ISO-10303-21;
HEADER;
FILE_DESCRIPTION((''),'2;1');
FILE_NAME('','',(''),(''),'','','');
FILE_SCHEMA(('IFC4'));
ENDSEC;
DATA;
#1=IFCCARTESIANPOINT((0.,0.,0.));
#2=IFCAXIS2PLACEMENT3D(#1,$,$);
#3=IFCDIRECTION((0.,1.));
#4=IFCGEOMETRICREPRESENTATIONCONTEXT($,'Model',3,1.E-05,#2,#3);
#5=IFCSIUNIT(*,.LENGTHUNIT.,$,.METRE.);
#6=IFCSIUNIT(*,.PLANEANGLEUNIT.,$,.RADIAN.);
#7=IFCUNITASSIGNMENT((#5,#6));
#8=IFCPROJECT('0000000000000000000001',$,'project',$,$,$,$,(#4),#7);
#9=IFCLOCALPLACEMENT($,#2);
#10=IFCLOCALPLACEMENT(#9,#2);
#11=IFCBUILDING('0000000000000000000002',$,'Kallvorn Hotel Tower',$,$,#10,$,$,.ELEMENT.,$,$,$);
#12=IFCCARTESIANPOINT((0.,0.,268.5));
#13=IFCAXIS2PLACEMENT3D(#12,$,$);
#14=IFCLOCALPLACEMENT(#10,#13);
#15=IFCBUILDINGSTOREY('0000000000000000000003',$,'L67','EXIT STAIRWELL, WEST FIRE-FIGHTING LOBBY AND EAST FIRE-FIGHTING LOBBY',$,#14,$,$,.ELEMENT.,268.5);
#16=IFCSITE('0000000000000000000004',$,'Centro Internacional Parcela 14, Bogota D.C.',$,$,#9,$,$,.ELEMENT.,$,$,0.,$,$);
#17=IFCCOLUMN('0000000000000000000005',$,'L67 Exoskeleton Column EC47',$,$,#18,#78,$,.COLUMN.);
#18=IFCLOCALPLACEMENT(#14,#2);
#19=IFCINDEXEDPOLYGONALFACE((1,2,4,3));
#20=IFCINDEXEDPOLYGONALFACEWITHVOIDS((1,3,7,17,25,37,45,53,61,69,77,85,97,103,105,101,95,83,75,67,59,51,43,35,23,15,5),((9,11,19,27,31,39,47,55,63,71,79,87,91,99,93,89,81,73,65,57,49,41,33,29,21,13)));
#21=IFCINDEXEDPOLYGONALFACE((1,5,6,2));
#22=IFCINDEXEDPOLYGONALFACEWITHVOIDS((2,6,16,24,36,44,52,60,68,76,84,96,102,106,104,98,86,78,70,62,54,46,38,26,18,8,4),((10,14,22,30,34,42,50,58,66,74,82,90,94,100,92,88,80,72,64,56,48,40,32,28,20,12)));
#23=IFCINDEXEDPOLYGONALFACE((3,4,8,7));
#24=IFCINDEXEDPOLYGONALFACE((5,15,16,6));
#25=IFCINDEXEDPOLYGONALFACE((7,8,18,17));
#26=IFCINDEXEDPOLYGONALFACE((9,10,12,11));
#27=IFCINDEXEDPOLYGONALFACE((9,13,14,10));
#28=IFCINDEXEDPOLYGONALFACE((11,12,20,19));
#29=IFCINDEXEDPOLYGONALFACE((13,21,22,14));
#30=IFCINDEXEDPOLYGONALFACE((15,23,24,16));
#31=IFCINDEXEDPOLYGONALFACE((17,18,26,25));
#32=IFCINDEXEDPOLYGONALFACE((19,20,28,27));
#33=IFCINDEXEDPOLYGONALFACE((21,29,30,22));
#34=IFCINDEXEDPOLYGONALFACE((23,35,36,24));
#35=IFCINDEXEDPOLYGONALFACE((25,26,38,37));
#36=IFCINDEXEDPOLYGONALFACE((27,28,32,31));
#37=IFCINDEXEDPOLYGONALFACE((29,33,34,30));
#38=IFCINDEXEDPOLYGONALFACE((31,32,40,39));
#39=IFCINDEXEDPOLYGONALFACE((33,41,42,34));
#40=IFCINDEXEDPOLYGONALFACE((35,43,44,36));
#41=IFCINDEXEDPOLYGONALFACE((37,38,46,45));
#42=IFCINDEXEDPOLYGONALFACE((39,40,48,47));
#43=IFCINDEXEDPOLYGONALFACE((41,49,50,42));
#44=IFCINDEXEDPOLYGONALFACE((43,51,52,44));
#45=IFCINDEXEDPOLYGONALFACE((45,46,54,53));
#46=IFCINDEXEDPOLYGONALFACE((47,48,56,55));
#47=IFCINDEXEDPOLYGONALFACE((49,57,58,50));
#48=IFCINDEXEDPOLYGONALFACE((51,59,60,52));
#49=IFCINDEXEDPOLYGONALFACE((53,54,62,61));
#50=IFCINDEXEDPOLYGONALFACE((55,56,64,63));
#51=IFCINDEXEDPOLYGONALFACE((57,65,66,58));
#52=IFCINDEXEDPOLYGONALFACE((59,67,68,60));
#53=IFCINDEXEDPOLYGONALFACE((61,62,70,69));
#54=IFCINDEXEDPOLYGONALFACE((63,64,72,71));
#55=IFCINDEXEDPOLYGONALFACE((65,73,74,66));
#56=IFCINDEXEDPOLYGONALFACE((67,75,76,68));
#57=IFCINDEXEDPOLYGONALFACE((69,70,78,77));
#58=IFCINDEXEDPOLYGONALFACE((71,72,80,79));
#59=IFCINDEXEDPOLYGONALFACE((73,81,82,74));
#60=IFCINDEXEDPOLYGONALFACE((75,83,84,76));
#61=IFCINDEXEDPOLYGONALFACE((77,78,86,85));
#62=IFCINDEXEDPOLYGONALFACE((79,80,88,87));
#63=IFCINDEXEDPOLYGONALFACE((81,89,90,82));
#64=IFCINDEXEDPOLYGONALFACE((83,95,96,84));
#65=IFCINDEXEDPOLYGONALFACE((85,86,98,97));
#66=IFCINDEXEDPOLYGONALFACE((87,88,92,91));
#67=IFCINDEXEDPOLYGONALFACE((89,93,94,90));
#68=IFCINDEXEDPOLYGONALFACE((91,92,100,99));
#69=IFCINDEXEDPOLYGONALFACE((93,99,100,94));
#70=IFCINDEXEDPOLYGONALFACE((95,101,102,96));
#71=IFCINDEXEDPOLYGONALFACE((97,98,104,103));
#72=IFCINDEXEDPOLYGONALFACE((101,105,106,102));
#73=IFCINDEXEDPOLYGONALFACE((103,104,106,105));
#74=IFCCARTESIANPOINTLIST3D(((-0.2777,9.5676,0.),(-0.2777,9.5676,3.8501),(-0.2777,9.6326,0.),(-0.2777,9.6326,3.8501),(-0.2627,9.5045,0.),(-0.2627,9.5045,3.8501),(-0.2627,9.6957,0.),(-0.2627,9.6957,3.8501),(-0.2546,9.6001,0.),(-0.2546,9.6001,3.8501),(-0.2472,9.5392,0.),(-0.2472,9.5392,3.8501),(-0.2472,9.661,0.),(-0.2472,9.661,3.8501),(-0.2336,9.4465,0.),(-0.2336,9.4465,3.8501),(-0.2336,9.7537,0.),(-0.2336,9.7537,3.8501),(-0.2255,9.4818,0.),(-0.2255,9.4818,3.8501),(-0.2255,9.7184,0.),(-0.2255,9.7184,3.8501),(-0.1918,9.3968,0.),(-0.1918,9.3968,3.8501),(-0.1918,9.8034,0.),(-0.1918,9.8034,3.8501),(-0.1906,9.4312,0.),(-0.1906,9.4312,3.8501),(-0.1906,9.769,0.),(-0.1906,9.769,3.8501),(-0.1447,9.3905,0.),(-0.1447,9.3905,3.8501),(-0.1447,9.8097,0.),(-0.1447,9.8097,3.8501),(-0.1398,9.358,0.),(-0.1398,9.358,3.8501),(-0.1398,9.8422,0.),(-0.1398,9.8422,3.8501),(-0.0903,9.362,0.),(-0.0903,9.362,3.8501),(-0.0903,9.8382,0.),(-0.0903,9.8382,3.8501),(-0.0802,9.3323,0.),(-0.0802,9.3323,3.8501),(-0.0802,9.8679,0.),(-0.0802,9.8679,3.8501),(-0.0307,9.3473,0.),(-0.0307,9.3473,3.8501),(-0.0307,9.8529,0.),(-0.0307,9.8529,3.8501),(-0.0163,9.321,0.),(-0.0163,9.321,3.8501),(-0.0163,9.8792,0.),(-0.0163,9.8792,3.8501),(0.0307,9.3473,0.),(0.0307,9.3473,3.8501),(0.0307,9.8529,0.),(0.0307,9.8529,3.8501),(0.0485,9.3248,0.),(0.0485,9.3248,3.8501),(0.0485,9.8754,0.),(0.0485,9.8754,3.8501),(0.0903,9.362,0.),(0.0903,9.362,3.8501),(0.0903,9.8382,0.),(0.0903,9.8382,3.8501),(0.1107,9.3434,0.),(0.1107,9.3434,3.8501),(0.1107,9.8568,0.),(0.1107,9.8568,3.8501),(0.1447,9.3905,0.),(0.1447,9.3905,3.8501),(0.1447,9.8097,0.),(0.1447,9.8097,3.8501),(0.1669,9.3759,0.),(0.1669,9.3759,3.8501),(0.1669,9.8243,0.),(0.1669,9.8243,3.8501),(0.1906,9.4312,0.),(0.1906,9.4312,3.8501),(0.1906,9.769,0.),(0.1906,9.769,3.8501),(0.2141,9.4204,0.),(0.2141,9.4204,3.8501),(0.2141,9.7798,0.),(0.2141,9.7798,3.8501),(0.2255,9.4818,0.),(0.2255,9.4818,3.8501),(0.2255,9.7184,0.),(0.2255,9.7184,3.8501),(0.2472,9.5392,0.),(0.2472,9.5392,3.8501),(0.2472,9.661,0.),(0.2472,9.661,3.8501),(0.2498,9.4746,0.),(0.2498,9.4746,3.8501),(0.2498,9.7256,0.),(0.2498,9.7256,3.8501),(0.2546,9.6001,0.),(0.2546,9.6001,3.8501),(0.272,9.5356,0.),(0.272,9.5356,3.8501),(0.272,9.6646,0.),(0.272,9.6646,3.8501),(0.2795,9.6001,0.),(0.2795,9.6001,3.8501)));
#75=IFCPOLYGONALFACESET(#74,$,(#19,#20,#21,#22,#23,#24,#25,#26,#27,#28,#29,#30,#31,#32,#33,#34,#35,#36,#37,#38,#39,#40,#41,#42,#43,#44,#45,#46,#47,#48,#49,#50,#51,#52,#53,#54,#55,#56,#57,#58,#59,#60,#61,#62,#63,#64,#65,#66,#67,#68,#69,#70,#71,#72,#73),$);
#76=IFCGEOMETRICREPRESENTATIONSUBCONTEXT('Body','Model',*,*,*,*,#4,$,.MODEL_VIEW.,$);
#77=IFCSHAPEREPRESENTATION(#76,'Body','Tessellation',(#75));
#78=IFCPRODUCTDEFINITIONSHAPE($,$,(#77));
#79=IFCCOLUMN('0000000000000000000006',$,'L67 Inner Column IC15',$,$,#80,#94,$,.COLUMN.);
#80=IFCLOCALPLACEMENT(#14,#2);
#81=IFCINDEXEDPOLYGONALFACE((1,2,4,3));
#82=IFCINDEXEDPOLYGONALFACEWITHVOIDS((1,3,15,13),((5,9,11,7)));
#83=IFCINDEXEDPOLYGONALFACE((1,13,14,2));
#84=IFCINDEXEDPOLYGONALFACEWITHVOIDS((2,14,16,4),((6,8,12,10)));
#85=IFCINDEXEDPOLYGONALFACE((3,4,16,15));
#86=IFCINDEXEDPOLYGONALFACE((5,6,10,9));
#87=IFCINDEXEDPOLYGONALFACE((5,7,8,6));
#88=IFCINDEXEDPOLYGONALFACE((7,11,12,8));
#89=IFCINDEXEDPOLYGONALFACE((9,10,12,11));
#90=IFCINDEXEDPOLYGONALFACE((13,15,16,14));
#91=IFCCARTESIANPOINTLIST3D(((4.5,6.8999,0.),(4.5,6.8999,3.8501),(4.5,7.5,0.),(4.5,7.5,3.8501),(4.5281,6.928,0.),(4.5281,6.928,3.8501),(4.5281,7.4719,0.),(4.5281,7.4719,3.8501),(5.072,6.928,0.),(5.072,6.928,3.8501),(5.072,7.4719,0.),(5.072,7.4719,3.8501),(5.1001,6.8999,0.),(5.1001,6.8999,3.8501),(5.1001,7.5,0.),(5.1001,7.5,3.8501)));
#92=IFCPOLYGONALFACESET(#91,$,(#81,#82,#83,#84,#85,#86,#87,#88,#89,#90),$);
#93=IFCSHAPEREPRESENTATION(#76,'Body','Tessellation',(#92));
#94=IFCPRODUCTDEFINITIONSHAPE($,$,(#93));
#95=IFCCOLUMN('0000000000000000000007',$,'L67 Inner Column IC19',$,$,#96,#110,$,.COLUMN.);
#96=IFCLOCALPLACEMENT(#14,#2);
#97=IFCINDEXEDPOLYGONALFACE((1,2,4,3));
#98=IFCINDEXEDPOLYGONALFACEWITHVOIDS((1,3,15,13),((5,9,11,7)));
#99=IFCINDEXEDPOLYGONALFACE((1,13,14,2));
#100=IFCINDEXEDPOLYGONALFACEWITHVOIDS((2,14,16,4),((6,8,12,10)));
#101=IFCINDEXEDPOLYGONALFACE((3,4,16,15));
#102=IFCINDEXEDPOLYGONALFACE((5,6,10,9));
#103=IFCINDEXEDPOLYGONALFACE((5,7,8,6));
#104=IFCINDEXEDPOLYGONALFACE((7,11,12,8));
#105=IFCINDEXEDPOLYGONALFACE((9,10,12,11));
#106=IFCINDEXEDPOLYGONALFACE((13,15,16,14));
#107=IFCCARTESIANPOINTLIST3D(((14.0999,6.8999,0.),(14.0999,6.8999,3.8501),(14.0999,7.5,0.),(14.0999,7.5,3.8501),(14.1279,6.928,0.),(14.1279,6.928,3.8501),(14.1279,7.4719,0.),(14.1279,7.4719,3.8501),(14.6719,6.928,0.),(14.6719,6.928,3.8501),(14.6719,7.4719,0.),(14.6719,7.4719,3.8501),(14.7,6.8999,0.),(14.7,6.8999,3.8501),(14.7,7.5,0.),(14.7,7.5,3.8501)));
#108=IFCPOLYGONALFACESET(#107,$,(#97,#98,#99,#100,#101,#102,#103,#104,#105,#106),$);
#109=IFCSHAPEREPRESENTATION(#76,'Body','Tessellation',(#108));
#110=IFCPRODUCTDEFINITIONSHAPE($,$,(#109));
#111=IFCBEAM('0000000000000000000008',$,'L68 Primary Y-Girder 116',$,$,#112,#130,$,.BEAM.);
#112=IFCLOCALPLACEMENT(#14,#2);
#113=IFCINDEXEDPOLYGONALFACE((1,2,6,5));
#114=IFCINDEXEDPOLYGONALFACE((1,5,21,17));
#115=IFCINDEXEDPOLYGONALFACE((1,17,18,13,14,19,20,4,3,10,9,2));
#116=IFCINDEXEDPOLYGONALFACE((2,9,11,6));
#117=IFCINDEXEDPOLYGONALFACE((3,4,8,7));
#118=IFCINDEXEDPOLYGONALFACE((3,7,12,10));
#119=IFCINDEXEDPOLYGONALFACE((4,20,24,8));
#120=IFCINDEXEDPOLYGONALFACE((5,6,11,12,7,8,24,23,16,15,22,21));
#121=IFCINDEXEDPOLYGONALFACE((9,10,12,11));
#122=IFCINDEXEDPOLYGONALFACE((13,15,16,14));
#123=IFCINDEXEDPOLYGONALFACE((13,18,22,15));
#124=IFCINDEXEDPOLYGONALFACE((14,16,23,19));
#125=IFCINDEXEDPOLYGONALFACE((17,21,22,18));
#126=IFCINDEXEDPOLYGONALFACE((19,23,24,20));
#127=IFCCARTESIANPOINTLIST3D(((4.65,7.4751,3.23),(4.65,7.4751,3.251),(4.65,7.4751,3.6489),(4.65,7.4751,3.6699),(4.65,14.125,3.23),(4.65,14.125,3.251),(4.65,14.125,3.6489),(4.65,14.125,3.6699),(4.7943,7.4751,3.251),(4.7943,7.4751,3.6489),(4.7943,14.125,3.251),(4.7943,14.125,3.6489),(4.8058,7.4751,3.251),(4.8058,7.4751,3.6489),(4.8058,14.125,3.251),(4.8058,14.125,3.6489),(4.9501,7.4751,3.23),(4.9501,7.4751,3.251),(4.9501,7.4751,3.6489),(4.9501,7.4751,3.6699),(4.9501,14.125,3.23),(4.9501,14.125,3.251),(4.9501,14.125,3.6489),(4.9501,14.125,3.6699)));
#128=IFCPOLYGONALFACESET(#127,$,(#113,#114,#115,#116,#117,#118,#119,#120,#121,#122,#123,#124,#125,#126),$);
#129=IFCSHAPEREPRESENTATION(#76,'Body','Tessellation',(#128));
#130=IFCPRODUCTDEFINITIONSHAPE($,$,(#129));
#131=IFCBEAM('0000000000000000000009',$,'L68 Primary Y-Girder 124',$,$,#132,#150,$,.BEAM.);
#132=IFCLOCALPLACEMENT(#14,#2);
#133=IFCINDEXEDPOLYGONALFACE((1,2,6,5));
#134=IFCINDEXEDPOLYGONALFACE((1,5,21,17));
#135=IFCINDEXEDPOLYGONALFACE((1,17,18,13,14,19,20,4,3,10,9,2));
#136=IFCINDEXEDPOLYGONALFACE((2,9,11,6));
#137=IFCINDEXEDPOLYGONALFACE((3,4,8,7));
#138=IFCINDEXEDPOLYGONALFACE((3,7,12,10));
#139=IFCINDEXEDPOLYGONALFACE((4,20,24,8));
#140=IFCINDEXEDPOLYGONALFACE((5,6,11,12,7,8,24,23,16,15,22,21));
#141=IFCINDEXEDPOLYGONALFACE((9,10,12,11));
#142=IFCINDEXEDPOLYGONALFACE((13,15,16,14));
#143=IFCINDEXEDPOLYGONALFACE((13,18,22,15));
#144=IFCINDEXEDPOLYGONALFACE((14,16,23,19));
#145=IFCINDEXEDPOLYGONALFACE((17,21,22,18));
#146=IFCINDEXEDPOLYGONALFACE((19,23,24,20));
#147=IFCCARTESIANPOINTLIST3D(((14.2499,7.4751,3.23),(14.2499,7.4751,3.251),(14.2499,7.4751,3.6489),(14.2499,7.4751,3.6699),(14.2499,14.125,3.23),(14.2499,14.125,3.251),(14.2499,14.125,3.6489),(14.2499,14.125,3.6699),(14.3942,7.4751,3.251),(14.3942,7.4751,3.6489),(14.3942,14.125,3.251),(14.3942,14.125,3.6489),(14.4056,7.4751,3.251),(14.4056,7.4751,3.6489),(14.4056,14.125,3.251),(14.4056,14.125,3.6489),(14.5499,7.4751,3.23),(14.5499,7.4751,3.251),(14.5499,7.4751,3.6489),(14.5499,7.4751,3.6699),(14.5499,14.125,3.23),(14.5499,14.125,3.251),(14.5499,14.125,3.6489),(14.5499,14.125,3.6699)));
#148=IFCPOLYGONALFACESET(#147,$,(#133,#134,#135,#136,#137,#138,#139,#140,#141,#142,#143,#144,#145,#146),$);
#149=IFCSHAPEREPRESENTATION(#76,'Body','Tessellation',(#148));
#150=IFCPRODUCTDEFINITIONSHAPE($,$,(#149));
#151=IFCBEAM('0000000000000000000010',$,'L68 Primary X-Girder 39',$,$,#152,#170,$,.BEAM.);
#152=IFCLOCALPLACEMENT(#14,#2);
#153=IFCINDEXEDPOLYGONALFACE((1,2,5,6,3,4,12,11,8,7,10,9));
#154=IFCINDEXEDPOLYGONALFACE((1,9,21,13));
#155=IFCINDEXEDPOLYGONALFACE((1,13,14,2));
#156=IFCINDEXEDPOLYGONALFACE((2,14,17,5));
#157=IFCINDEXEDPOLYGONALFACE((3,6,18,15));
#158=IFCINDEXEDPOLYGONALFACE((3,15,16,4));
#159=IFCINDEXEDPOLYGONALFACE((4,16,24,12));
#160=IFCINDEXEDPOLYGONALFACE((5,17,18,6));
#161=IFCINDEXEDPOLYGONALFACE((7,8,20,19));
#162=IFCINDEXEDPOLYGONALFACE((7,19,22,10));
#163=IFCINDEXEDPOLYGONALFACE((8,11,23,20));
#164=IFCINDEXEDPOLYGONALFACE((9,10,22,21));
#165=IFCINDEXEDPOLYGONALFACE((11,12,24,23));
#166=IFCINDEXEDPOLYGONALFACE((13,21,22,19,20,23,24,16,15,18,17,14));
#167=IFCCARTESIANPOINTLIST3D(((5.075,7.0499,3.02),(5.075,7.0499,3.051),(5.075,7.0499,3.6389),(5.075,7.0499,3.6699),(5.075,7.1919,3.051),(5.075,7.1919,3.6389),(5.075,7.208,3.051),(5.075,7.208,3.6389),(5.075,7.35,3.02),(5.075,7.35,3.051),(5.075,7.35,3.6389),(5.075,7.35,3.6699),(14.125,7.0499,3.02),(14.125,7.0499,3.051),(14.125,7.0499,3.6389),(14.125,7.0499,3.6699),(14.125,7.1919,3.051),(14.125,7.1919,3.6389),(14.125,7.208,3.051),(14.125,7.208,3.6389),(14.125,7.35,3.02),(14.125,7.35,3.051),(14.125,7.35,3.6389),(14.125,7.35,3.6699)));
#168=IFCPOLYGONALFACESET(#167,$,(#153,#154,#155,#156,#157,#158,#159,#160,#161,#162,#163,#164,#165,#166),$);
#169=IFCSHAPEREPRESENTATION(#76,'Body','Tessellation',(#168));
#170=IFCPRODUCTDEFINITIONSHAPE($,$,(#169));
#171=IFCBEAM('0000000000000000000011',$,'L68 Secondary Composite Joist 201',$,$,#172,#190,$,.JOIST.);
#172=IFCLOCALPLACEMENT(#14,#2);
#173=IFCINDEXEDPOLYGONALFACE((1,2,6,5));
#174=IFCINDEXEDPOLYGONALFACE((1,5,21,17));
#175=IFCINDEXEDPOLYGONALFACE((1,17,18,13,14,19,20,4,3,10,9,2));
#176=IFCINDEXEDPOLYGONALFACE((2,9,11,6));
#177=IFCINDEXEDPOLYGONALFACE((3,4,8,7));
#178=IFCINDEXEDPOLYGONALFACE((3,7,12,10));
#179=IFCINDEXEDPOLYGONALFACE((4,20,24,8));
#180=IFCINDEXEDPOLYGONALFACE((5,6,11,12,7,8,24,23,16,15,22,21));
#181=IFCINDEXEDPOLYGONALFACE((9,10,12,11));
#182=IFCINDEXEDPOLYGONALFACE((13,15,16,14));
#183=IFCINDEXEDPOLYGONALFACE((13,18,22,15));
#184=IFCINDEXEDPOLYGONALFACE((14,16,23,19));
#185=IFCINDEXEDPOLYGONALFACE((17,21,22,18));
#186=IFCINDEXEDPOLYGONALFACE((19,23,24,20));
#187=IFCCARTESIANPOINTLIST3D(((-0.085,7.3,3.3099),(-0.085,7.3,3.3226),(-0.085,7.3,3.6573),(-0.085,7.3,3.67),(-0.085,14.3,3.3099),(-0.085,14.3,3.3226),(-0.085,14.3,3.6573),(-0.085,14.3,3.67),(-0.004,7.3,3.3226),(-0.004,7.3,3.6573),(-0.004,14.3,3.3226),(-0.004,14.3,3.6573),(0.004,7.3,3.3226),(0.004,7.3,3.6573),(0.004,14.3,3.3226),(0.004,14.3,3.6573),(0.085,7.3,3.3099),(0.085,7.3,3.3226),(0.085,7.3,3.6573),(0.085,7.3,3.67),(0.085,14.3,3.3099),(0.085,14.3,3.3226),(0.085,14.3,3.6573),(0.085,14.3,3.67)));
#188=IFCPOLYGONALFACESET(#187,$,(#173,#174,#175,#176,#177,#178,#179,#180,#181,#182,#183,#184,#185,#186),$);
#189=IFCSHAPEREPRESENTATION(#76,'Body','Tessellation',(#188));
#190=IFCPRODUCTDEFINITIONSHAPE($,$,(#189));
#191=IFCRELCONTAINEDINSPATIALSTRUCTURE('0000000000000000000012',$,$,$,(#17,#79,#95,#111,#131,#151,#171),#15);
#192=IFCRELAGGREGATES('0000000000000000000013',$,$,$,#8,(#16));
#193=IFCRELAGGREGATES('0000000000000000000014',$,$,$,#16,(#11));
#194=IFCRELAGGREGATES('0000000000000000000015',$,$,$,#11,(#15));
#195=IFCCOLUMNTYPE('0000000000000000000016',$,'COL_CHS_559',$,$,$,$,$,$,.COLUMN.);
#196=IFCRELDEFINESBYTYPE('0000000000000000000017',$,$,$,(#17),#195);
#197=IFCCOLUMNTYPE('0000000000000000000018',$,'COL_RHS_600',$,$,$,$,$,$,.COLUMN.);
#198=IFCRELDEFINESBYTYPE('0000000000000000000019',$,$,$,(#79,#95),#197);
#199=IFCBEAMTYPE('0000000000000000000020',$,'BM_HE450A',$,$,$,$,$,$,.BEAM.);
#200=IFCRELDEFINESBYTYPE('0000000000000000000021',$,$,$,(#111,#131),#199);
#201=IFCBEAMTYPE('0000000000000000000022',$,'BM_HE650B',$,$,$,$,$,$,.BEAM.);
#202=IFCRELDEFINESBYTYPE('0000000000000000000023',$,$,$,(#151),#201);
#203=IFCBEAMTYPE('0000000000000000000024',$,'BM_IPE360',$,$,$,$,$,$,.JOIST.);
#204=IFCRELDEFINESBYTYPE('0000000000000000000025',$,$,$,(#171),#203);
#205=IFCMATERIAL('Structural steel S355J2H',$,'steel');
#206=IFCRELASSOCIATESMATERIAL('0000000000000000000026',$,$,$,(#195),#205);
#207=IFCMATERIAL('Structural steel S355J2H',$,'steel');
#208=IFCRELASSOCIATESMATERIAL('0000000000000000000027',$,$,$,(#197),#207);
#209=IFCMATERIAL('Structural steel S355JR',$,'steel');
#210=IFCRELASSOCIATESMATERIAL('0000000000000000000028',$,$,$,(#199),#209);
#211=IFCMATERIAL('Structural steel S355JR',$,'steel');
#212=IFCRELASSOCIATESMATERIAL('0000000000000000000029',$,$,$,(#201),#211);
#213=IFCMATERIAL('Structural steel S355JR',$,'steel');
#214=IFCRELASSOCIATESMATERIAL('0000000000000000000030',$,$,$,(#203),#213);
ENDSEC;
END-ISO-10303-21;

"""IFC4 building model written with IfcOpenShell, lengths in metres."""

from ifc_helpers import new_model, si_unit, direction, frame, origin, origin_2d, place, context, subcontext, project, spatial, hollow_rectangle, hollow_circle, i_section, extrude, material, material_profile, profile_set, type_object, element, save


model = new_model("IFC4")

# Units and contexts
model_context = context("Model", 3, precision=1e-05, world=origin(), true_north=direction((0.0, 1.0)))
body_context = subcontext(model_context, "Body", "Model", "MODEL_VIEW")
ifc_project = project(units=[si_unit("LENGTHUNIT", "METRE"), si_unit("PLANEANGLEUNIT", "RADIAN")], contexts=[model_context])

# Site, building, storey
site_placement = place(None, origin())
site = spatial("IfcSite", under=ifc_project, at=site_placement, Name="Centro Internacional Parcela 14, Bogota D.C.", CompositionType="ELEMENT", RefElevation=0.0)
building_placement = place(site_placement, origin())
building = spatial("IfcBuilding", under=site, at=building_placement, Name="Kallvorn Hotel Tower", CompositionType="ELEMENT")
storey_placement = place(building_placement, frame((0.0, 0.0, 268.5)))
storey = spatial("IfcBuildingStorey", under=building, at=storey_placement, Name="L67", Description="EXIT STAIRWELL, WEST FIRE-FIGHTING LOBBY AND EAST FIRE-FIGHTING LOBBY", CompositionType="ELEMENT", Elevation=268.5)

# Columns
ifc_material_1 = material(Name="Structural steel S355J2H", Category="steel")
ifc_material_profile_1 = material_profile(ifc_material_1, hollow_circle(Radius=0.2795, WallThickness=0.0249, at=origin_2d()), Name="CHS 559x25")
ifc_profile_set_1 = profile_set([ifc_material_profile_1], Name="Structural steel S355J2H")
column_type_1 = type_object("IfcColumnType", Name="COL_CHS_559", PredefinedType="COLUMN", material=ifc_profile_set_1)
column_placement = place(storey_placement, frame((0.0, 9.6001, 0.0), z_axis=(0.0, 0.0, 1.0), x_axis=(1.0, 0.0, 0.0)))
element("IfcColumn", 1, at=column_placement, inside=storey, type_object=column_type_1, Name="L67 Exoskeleton Column EC47", PredefinedType="COLUMN", context=body_context, shape_type="SweptSolid", body=[
    extrude(hollow_circle(Radius=0.2795, WallThickness=0.0249, at=origin_2d()), origin(), (0.0, 0.0, 1.0), 3.8501),
])
ifc_material_2 = material(Name="Structural steel S355J2H", Category="steel")
ifc_material_profile_2 = material_profile(ifc_material_2, hollow_rectangle(XDim=0.6001, YDim=0.6001, WallThickness=0.0281, at=origin_2d()), Name="RHS 600x600x28")
ifc_profile_set_2 = profile_set([ifc_material_profile_2], Name="Structural steel S355J2H")
column_type_2 = type_object("IfcColumnType", Name="COL_RHS_600", PredefinedType="COLUMN", material=ifc_profile_set_2)
for number, where, z_axis, x_axis, name in (
    (2, (4.8, 7.2, 0.0), (0.0, 0.0, 1.0), (1.0, 0.0, 0.0), "L67 Inner Column IC15"),
    (3, (14.3999, 7.2, 0.0), (0.0, 0.0, 1.0), (1.0, 0.0, 0.0), "L67 Inner Column IC19"),
):
    element("IfcColumn", number, at=place(storey_placement, frame(where, z_axis=z_axis, x_axis=x_axis)), inside=storey, type_object=column_type_2, Name=name, PredefinedType="COLUMN", context=body_context, shape_type="SweptSolid", body=[
        extrude(hollow_rectangle(XDim=0.6001, YDim=0.6001, WallThickness=0.0281, at=origin_2d()), origin(), (0.0, 0.0, 1.0), 3.8501),
    ])

# Beams
ifc_material_3 = material(Name="Structural steel S355JR", Category="steel")
ifc_material_profile_3 = material_profile(ifc_material_3, i_section(OverallWidth=0.3, OverallDepth=0.4399, WebThickness=0.0115, FlangeThickness=0.021, at=origin_2d()), Name="HE 450 A")
ifc_profile_set_3 = profile_set([ifc_material_profile_3], Name="Structural steel S355JR")
beam_type_1 = type_object("IfcBeamType", Name="BM_HE450A", PredefinedType="BEAM", material=ifc_profile_set_3)
for number, where, z_axis, x_axis, name in (
    (4, (4.8, 7.4751, 3.45), (0.0, 1.0, 0.0), (-1.0, 0.0, 0.0), "L68 Primary Y-Girder 116"),
    (5, (14.3999, 7.4751, 3.45), (0.0, 1.0, 0.0), (-1.0, 0.0, 0.0), "L68 Primary Y-Girder 124"),
):
    element("IfcBeam", number, at=place(storey_placement, frame(where, z_axis=z_axis, x_axis=x_axis)), inside=storey, type_object=beam_type_1, Name=name, PredefinedType="BEAM", context=body_context, shape_type="SweptSolid", body=[
        extrude(i_section(OverallWidth=0.3, OverallDepth=0.4399, WebThickness=0.0115, FlangeThickness=0.021, at=origin_2d()), origin(), (0.0, 0.0, 1.0), 6.6499),
    ])
ifc_material_4 = material(Name="Structural steel S355JR", Category="steel")
ifc_material_profile_4 = material_profile(ifc_material_4, i_section(OverallWidth=0.3, OverallDepth=0.6499, WebThickness=0.0161, FlangeThickness=0.031, at=origin_2d()), Name="HE 650 B")
ifc_profile_set_4 = profile_set([ifc_material_profile_4], Name="Structural steel S355JR")
beam_type_2 = type_object("IfcBeamType", Name="BM_HE650B", PredefinedType="BEAM", material=ifc_profile_set_4)
beam_1_placement = place(storey_placement, frame((5.075, 7.2, 3.345), z_axis=(1.0, 0.0, 0.0), x_axis=(0.0, 1.0, 0.0)))
element("IfcBeam", 6, at=beam_1_placement, inside=storey, type_object=beam_type_2, Name="L68 Primary X-Girder 39", PredefinedType="BEAM", context=body_context, shape_type="SweptSolid", body=[
    extrude(i_section(OverallWidth=0.3, OverallDepth=0.6499, WebThickness=0.0161, FlangeThickness=0.031, at=origin_2d()), origin(), (0.0, 0.0, 1.0), 9.05),
])
ifc_material_5 = material(Name="Structural steel S355JR", Category="steel")
ifc_material_profile_5 = material_profile(ifc_material_5, i_section(OverallWidth=0.1699, OverallDepth=0.3601, WebThickness=0.0081, FlangeThickness=0.0127, at=origin_2d()), Name="IPE 360")
ifc_profile_set_5 = profile_set([ifc_material_profile_5], Name="Structural steel S355JR")
beam_type_3 = type_object("IfcBeamType", Name="BM_IPE360", PredefinedType="JOIST", material=ifc_profile_set_5)
for number, where, z_axis, x_axis, name in (
    (7, (0.0, 7.3, 3.49), (0.0, 1.0, 0.0), (-1.0, 0.0, 0.0), "L68 Secondary Composite Joist 201"),
):
    element("IfcBeam", number, at=place(storey_placement, frame(where, z_axis=z_axis, x_axis=x_axis)), inside=storey, type_object=beam_type_3, Name=name, PredefinedType="JOIST", context=body_context, shape_type="SweptSolid", body=[
        extrude(i_section(OverallWidth=0.1699, OverallDepth=0.3601, WebThickness=0.0081, FlangeThickness=0.0127, at=origin_2d()), origin(), (0.0, 0.0, 1.0), 7.0),
    ])

save(model, "model.ifc")
